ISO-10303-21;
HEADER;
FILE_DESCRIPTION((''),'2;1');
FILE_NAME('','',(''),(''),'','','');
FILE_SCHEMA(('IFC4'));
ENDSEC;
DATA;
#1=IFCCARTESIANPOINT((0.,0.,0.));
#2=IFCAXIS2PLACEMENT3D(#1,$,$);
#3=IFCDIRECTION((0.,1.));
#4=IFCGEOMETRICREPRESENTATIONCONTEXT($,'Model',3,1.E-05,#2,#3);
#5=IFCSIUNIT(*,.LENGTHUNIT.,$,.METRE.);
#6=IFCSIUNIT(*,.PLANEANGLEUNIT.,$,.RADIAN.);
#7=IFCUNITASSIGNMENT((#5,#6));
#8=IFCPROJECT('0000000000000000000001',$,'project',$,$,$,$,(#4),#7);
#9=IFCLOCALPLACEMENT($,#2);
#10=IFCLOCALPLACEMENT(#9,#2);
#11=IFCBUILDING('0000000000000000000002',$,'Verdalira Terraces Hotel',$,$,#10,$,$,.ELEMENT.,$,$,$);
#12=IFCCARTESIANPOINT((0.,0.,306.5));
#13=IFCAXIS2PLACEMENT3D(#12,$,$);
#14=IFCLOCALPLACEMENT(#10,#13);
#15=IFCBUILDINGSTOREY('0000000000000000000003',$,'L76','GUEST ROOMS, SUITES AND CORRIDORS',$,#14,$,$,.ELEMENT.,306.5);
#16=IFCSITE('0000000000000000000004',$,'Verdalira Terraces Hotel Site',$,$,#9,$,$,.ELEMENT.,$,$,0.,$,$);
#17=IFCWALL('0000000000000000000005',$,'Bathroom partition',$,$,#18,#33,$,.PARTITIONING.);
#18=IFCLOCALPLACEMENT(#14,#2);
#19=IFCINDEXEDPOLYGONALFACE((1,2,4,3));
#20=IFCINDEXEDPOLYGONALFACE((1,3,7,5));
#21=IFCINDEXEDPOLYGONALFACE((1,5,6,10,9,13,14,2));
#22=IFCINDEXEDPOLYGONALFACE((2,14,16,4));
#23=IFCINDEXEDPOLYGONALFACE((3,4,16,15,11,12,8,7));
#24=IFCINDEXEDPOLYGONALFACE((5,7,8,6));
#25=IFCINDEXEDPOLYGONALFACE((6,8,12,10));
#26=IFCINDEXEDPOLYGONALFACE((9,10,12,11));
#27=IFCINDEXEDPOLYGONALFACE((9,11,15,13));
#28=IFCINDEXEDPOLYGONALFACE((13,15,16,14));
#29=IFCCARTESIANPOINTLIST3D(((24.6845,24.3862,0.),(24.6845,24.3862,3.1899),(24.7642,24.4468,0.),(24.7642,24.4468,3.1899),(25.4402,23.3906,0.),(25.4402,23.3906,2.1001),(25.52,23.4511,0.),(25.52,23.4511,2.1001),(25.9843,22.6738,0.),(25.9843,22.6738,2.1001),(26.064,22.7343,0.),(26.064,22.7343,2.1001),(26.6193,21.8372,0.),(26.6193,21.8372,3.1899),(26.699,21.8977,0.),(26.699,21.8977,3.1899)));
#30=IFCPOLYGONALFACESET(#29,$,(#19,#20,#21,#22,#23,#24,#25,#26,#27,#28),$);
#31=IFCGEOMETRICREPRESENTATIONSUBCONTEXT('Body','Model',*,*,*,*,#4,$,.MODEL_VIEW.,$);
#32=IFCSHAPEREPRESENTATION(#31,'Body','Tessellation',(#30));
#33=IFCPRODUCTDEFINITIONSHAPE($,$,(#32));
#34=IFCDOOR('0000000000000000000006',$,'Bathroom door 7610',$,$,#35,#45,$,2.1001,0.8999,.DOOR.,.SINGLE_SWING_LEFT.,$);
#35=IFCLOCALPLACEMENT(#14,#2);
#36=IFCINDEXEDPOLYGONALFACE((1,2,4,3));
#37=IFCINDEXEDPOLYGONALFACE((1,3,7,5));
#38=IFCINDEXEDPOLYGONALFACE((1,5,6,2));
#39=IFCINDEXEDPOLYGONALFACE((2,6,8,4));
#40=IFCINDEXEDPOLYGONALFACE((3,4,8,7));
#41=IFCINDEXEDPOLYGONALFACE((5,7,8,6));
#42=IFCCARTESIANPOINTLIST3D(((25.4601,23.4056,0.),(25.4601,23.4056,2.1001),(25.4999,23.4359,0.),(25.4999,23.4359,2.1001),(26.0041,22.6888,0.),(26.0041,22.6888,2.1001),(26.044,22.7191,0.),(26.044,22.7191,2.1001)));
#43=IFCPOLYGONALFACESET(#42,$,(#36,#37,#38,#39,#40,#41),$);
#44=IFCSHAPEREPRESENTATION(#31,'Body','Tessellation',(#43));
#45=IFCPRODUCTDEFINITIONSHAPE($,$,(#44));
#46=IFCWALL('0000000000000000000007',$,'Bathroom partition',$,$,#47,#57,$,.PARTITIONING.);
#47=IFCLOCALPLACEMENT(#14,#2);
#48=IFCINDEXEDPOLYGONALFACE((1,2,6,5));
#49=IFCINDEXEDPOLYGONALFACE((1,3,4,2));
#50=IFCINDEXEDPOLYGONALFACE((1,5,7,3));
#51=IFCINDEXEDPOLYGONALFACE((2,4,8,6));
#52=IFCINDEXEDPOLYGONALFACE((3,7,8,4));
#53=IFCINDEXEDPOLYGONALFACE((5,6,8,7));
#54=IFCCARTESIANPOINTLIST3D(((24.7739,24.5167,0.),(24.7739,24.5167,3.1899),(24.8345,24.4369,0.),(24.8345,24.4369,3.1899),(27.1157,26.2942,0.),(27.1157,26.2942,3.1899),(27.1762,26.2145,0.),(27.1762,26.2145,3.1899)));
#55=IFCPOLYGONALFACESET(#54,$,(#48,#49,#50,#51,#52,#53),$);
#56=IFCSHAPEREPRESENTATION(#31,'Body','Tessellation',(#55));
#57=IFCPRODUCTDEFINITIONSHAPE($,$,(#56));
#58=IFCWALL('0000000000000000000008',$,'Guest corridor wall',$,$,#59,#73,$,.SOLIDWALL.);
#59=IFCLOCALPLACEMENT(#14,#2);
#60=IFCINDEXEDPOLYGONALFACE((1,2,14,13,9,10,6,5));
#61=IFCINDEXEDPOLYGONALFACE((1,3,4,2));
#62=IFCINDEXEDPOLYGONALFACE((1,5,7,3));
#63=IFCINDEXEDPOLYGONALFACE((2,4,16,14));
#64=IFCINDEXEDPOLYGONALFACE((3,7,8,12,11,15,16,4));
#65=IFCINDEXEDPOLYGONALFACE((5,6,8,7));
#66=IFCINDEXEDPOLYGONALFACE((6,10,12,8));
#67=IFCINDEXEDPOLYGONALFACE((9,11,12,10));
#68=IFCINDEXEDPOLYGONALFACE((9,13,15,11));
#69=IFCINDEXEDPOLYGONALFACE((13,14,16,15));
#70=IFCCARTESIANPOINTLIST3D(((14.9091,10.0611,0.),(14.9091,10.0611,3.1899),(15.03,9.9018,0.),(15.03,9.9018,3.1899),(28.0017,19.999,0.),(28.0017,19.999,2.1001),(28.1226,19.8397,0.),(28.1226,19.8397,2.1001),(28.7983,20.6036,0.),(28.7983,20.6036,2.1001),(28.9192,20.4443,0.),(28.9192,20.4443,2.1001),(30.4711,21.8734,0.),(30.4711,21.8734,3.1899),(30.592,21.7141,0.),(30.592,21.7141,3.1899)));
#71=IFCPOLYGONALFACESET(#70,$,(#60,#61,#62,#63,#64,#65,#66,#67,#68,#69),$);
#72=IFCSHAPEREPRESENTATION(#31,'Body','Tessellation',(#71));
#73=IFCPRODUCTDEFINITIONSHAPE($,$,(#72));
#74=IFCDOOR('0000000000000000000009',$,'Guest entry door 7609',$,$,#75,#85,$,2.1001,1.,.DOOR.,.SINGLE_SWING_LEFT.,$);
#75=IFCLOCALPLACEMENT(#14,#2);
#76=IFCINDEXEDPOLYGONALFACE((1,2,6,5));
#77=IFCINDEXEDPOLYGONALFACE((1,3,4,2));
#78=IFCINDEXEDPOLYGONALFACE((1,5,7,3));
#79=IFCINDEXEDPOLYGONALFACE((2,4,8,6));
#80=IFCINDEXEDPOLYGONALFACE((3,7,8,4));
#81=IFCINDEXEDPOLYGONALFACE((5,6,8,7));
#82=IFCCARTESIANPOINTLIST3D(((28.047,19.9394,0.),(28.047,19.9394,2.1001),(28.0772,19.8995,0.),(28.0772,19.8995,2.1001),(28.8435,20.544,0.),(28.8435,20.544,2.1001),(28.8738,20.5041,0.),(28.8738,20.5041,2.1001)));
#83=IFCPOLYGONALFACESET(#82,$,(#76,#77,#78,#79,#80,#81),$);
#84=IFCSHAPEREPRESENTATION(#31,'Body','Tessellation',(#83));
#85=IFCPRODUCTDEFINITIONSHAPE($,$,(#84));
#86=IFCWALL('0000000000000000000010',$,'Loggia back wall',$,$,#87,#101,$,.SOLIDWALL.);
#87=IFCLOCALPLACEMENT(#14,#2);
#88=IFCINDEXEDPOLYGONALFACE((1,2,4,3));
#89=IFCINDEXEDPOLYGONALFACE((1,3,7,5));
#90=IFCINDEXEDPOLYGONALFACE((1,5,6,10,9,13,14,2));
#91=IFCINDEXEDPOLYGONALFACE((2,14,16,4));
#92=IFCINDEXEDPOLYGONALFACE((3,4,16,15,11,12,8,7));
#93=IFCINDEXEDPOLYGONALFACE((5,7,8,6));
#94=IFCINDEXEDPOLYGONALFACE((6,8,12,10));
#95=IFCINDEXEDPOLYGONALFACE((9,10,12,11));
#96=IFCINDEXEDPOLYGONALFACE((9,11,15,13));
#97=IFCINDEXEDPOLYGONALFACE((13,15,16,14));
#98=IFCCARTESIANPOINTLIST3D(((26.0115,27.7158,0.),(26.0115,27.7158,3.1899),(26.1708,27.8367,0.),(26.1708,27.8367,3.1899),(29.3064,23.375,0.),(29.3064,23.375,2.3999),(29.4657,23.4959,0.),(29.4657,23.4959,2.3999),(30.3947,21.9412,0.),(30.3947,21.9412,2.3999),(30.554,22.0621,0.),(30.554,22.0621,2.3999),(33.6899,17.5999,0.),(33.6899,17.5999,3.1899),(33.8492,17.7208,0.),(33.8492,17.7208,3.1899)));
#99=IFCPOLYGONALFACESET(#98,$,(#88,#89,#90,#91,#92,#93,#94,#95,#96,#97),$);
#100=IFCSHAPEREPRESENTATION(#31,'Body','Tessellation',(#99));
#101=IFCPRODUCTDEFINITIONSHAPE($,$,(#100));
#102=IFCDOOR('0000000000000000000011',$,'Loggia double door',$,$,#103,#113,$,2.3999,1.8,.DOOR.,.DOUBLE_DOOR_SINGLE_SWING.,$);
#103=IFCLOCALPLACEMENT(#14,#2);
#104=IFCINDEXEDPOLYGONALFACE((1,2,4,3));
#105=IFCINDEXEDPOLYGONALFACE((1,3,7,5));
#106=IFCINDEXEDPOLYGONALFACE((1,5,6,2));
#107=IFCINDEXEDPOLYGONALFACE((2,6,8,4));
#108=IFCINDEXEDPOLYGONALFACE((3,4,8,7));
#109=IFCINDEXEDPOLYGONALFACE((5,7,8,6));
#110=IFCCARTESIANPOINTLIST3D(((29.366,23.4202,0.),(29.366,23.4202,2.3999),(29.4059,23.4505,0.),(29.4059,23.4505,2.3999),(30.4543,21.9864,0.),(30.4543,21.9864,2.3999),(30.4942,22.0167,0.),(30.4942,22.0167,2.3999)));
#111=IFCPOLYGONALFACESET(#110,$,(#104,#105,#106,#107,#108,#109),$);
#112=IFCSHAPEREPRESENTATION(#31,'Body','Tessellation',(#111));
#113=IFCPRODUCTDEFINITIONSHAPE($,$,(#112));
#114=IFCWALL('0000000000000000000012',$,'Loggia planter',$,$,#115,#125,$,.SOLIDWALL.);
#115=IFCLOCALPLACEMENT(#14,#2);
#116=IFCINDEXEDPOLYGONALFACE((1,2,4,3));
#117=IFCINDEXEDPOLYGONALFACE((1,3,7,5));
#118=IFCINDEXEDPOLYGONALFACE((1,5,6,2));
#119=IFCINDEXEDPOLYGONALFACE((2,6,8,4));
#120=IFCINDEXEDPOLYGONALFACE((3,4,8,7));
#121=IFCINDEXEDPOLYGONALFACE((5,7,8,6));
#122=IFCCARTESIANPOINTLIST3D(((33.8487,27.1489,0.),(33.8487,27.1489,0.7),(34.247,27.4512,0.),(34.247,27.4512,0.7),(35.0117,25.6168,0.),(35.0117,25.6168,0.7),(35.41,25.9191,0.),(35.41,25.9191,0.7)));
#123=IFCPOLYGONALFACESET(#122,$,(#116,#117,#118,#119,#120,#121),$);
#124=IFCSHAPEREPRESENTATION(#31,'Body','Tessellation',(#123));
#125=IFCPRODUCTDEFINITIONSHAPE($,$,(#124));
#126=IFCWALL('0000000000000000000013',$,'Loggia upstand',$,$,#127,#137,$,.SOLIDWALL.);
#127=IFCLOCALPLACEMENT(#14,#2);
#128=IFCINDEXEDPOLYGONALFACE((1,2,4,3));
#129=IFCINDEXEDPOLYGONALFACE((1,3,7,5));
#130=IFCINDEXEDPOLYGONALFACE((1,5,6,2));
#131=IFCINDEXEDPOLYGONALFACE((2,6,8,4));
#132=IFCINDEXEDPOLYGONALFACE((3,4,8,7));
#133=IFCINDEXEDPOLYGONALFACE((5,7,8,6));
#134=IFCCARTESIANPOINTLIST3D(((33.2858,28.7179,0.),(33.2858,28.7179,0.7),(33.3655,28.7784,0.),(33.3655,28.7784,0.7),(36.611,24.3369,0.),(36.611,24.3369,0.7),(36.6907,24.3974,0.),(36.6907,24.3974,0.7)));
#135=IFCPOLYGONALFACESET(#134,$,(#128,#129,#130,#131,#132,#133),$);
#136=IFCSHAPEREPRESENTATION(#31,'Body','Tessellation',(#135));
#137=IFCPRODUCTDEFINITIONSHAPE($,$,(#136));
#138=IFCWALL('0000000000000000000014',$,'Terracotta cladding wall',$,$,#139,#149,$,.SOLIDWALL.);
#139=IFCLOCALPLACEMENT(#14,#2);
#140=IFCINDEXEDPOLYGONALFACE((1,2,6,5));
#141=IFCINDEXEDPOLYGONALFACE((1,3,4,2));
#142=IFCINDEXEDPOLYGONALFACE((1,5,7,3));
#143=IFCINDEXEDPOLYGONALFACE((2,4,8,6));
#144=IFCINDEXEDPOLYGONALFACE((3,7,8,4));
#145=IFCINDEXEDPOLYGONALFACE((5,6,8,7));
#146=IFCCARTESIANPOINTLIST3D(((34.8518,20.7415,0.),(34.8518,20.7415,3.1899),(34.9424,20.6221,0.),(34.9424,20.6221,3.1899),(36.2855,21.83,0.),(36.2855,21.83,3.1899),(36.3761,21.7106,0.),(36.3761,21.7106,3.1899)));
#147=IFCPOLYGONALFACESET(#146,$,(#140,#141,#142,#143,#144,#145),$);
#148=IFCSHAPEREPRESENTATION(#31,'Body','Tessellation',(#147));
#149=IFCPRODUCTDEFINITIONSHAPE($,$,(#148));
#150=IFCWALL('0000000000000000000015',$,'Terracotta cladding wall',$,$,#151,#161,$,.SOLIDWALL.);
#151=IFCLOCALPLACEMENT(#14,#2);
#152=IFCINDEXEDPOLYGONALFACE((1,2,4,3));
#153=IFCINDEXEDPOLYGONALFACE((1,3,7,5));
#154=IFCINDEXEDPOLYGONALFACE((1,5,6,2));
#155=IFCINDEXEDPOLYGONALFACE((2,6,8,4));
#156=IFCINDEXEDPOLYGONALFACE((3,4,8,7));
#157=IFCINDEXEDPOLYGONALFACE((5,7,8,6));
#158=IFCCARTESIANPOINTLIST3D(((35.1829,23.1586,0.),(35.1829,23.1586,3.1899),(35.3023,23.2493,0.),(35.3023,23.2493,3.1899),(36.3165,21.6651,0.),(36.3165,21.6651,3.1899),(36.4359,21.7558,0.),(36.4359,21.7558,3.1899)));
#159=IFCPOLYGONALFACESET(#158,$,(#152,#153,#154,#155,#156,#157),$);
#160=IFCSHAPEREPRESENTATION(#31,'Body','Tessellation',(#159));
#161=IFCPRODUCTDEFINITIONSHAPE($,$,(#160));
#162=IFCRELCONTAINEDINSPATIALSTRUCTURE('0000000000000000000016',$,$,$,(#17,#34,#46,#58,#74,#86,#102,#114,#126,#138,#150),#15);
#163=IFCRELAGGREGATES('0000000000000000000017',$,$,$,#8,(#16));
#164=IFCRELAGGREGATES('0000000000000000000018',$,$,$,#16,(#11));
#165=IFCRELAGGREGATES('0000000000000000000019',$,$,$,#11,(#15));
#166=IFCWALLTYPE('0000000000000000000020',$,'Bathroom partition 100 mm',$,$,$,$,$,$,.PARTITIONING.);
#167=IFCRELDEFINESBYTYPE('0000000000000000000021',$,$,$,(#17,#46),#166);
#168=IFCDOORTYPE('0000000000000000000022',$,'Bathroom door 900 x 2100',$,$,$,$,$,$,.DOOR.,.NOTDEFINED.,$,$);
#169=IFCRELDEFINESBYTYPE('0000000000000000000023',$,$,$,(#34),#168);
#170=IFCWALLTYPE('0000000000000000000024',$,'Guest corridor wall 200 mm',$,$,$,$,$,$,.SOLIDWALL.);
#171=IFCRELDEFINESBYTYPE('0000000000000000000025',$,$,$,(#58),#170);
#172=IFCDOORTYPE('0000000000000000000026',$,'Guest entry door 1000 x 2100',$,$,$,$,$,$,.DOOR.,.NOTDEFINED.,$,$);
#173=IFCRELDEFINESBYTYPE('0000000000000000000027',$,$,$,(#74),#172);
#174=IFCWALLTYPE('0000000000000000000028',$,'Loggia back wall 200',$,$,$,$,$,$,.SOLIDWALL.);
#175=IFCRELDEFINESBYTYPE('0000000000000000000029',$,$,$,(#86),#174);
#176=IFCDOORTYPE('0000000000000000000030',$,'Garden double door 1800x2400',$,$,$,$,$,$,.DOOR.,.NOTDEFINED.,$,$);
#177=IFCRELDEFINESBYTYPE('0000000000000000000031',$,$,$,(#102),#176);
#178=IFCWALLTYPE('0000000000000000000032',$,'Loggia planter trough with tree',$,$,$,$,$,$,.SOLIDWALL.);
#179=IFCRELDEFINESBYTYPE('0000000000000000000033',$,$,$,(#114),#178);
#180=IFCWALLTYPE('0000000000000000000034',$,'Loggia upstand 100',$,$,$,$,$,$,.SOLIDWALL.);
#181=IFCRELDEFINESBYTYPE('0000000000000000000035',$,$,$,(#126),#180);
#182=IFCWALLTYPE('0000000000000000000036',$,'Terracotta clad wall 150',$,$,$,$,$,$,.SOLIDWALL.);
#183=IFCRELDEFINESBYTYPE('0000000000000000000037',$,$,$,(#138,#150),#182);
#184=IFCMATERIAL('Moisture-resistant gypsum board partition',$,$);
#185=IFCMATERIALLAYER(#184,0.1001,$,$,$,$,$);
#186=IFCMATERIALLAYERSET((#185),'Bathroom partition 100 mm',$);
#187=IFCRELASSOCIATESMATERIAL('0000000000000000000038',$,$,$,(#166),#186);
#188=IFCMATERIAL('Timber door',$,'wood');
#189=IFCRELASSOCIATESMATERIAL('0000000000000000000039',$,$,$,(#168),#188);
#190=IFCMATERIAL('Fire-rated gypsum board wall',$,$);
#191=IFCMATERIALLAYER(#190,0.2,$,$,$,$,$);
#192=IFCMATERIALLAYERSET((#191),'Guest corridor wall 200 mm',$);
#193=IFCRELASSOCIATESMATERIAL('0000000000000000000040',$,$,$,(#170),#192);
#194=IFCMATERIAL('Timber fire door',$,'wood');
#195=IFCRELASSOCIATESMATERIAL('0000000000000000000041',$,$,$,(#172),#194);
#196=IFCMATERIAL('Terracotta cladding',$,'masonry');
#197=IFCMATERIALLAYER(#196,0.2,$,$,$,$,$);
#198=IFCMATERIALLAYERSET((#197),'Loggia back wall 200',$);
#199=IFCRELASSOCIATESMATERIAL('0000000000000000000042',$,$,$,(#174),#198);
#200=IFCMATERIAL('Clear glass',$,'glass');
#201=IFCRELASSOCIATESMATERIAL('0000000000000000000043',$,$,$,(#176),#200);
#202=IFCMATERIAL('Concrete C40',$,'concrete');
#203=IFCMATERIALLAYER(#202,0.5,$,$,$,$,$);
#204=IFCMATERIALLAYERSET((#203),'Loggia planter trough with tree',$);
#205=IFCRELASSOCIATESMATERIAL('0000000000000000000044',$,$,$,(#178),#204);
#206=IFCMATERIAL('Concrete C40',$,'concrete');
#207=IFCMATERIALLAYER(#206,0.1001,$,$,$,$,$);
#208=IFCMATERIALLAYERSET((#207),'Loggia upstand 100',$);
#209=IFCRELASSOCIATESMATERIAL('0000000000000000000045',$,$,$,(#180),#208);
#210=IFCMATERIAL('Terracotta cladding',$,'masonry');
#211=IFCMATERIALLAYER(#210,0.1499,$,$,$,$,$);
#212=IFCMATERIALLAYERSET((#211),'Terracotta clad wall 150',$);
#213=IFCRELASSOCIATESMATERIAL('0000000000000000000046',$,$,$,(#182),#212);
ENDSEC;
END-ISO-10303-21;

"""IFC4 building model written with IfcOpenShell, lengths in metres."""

from ifc_helpers import new_model, si_unit, direction, frame, frame_2d, origin, place, context, subcontext, project, spatial, rectangle, extrude, material, layer, layer_set, type_object, element, fill, save


model = new_model("IFC4")

# Units and contexts
model_context = context("Model", 3, precision=1e-05, world=origin(), true_north=direction((0.0, 1.0)))
body_context = subcontext(model_context, "Body", "Model", "MODEL_VIEW")
ifc_project = project(units=[si_unit("LENGTHUNIT", "METRE"), si_unit("PLANEANGLEUNIT", "RADIAN")], contexts=[model_context])

# Site, building, storey
site_placement = place(None, origin())
site = spatial("IfcSite", under=ifc_project, at=site_placement, Name="Verdalira Terraces Hotel Site", CompositionType="ELEMENT", RefElevation=0.0)
building_placement = place(site_placement, origin())
building = spatial("IfcBuilding", under=site, at=building_placement, Name="Verdalira Terraces Hotel", CompositionType="ELEMENT")
storey_placement = place(building_placement, frame((0.0, 0.0, 306.5)))
storey = spatial("IfcBuildingStorey", under=building, at=storey_placement, Name="L76", Description="GUEST ROOMS, SUITES AND CORRIDORS", CompositionType="ELEMENT", Elevation=306.5)

# Wall, opening, door
ifc_material_1 = material(Name="Moisture-resistant gypsum board partition")
ifc_layer_1 = layer(ifc_material_1, 0.1001)
ifc_layer_set_1 = layer_set([ifc_layer_1], Name="Bathroom partition 100 mm")
wall_type_1 = type_object("IfcWallType", Name="Bathroom partition 100 mm", PredefinedType="PARTITIONING", material=ifc_layer_set_1)
wall_1_placement = place(storey_placement, frame((24.7244, 24.4165, 0.0), z_axis=(0.0, 0.0, 1.0), x_axis=(0.604592, -0.796535, 0.0)))
wall_1 = element("IfcWall", 1, at=wall_1_placement, inside=storey, type_object=wall_type_1, Name="Bathroom partition", PredefinedType="PARTITIONING", context=body_context, shape_type="SweptSolid", body=[
    extrude(rectangle(XDim=3.2002, YDim=0.1001, at=frame_2d((1.6001, 0.0))), origin(), (0.0, 0.0, 1.0), 3.1899),
])
opening_1_placement = place(wall_1_placement, frame((1.25, 0.0, 0.0)))
opening_1 = element("IfcOpeningElement", 2, at=opening_1_placement, cuts=wall_1, PredefinedType="OPENING", context=body_context, shape_type="SweptSolid", body=[
    extrude(rectangle(XDim=0.8999, YDim=2.1001, at=frame_2d((0.45, 1.05))), frame((0.0, 0.0601, 0.0), z_axis=(0.0, -1.0, 0.0), x_axis=(1.0, 0.0, 0.0)), (0.0, 0.0, 1.0), 0.1201),
])
ifc_material_2 = material(Name="Timber door", Category="wood")
door_type_1 = type_object("IfcDoorType", Name="Bathroom door 900 x 2100", OperationType="NOTDEFINED", PredefinedType="DOOR", material=ifc_material_2)
door_1_placement = place(opening_1_placement, origin())
door_1 = element("IfcDoor", 3, at=door_1_placement, inside=storey, type_object=door_type_1, Name="Bathroom door 7610", OperationType="SINGLE_SWING_LEFT", OverallHeight=2.1001, OverallWidth=0.8999, PredefinedType="DOOR", context=body_context, shape_type="SweptSolid", body=[
    extrude(rectangle(XDim=0.8999, YDim=2.1001, at=frame_2d((0.45, 1.05))), frame((0.0, 0.0249, 0.0), z_axis=(0.0, -1.0, 0.0), x_axis=(1.0, 0.0, 0.0)), (0.0, 0.0, 1.0), 0.05),
])
fill(opening_1, door_1)

# Wall
wall_2_placement = place(storey_placement, frame((24.8042, 24.4768, 0.0), z_axis=(0.0, 0.0, 1.0), x_axis=(0.796519, 0.604614, 0.0)))
element("IfcWall", 4, at=wall_2_placement, inside=storey, type_object=wall_type_1, Name="Bathroom partition", PredefinedType="PARTITIONING", context=body_context, shape_type="SweptSolid", body=[
    extrude(rectangle(XDim=2.9399, YDim=0.1001, at=frame_2d((1.47, 0.0))), origin(), (0.0, 0.0, 1.0), 3.1899),
])

# Walls, openings, doors
ifc_material_3 = material(Name="Fire-rated gypsum board wall")
ifc_layer_2 = layer(ifc_material_3, 0.2)
ifc_layer_set_2 = layer_set([ifc_layer_2], Name="Guest corridor wall 200 mm")
wall_type_2 = type_object("IfcWallType", Name="Guest corridor wall 200 mm", PredefinedType="SOLIDWALL", material=ifc_layer_set_2)
wall_3_placement = place(storey_placement, frame((30.5315, 21.7937, 0.0), z_axis=(0.0, 0.0, 1.0), x_axis=(-0.796529, -0.604601, 0.0)))
wall_3 = element("IfcWall", 5, at=wall_3_placement, inside=storey, type_object=wall_type_2, Name="Guest corridor wall", PredefinedType="SOLIDWALL", context=body_context, shape_type="SweptSolid", body=[
    extrude(rectangle(XDim=19.5374, YDim=0.2, at=frame_2d((9.7686, 0.0))), origin(), (0.0, 0.0, 1.0), 3.1899),
])
opening_2_placement = place(wall_3_placement, frame((2.1001, 0.0, 0.0)))
opening_2 = element("IfcOpeningElement", 6, at=opening_2_placement, cuts=wall_3, PredefinedType="OPENING", context=body_context, shape_type="SweptSolid", body=[
    extrude(rectangle(XDim=1.0, YDim=2.1001, at=frame_2d((0.5, 1.05))), frame((0.0, 0.1099, 0.0), z_axis=(0.0, -1.0, 0.0), x_axis=(1.0, 0.0, 0.0)), (0.0, 0.0, 1.0), 0.22),
])
ifc_material_4 = material(Name="Timber fire door", Category="wood")
door_type_2 = type_object("IfcDoorType", Name="Guest entry door 1000 x 2100", OperationType="NOTDEFINED", PredefinedType="DOOR", material=ifc_material_4)
door_2_placement = place(opening_2_placement, origin())
door_2 = element("IfcDoor", 7, at=door_2_placement, inside=storey, type_object=door_type_2, Name="Guest entry door 7609", OperationType="SINGLE_SWING_LEFT", OverallHeight=2.1001, OverallWidth=1.0, PredefinedType="DOOR", context=body_context, shape_type="SweptSolid", body=[
    extrude(rectangle(XDim=1.0, YDim=2.1001, at=frame_2d((0.5, 1.05))), frame((0.0, 0.0249, 0.0), z_axis=(0.0, -1.0, 0.0), x_axis=(1.0, 0.0, 0.0)), (0.0, 0.0, 1.0), 0.05),
])
fill(opening_2, door_2)
ifc_material_5 = material(Name="Terracotta cladding", Category="masonry")
ifc_layer_3 = layer(ifc_material_5, 0.2)
ifc_layer_set_3 = layer_set([ifc_layer_3], Name="Loggia back wall 200")
wall_type_3 = type_object("IfcWallType", Name="Loggia back wall 200", PredefinedType="SOLIDWALL", material=ifc_layer_set_3)
wall_4_placement = place(storey_placement, frame((26.0911, 27.7764, 0.0), z_axis=(0.0, 0.0, 1.0), x_axis=(0.604601, -0.796529, 0.0)))
wall_4 = element("IfcWall", 8, at=wall_4_placement, inside=storey, type_object=wall_type_3, Name="Loggia back wall", PredefinedType="SOLIDWALL", context=body_context, shape_type="SweptSolid", body=[
    extrude(rectangle(XDim=12.7, YDim=0.2, at=frame_2d((6.3501, 0.0))), origin(), (0.0, 0.0, 1.0), 3.1899),
])
opening_3_placement = place(wall_4_placement, frame((5.45, 0.0, 0.0)))
opening_3 = element("IfcOpeningElement", 9, at=opening_3_placement, cuts=wall_4, PredefinedType="OPENING", context=body_context, shape_type="SweptSolid", body=[
    extrude(rectangle(XDim=1.8, YDim=2.3999, at=frame_2d((0.8999, 1.2))), frame((0.0, 0.1099, 0.0), z_axis=(0.0, -1.0, 0.0), x_axis=(1.0, 0.0, 0.0)), (0.0, 0.0, 1.0), 0.22),
])
ifc_material_6 = material(Name="Clear glass", Category="glass")
door_type_3 = type_object("IfcDoorType", Name="Garden double door 1800x2400", OperationType="NOTDEFINED", PredefinedType="DOOR", material=ifc_material_6)
door_3_placement = place(opening_3_placement, origin())
door_3 = element("IfcDoor", 10, at=door_3_placement, inside=storey, type_object=door_type_3, Name="Loggia double door", OperationType="DOUBLE_DOOR_SINGLE_SWING", OverallHeight=2.3999, OverallWidth=1.8, PredefinedType="DOOR", context=body_context, shape_type="SweptSolid", body=[
    extrude(rectangle(XDim=1.8, YDim=2.3999, at=frame_2d((0.8999, 1.2))), frame((0.0, 0.0249, 0.0), z_axis=(0.0, -1.0, 0.0), x_axis=(1.0, 0.0, 0.0)), (0.0, 0.0, 1.0), 0.05),
])
fill(opening_3, door_3)

# Walls
ifc_material_7 = material(Name="Concrete C40", Category="concrete")
ifc_layer_4 = layer(ifc_material_7, 0.5)
ifc_layer_set_4 = layer_set([ifc_layer_4], Name="Loggia planter trough with tree")
wall_type_4 = type_object("IfcWallType", Name="Loggia planter trough with tree", PredefinedType="SOLIDWALL", material=ifc_layer_set_4)
wall_5_placement = place(storey_placement, frame((35.2109, 25.7678, 0.0), z_axis=(0.0, 0.0, 1.0), x_axis=(-0.60462, 0.796514, 0.0)))
element("IfcWall", 11, at=wall_5_placement, inside=storey, type_object=wall_type_4, Name="Loggia planter", PredefinedType="SOLIDWALL", context=body_context, shape_type="SweptSolid", body=[
    extrude(rectangle(XDim=1.9236, YDim=0.5, at=frame_2d((0.9619, 0.0))), origin(), (0.0, 0.0, 1.0), 0.7),
])
ifc_material_8 = material(Name="Concrete C40", Category="concrete")
ifc_layer_5 = layer(ifc_material_8, 0.1001)
ifc_layer_set_5 = layer_set([ifc_layer_5], Name="Loggia upstand 100")
wall_type_5 = type_object("IfcWallType", Name="Loggia upstand 100", PredefinedType="SOLIDWALL", material=ifc_layer_set_5)
wall_6_placement = place(storey_placement, frame((36.6509, 24.3672, 0.0), z_axis=(0.0, 0.0, 1.0), x_axis=(-0.604592, 0.796535, 0.0)))
element("IfcWall", 12, at=wall_6_placement, inside=storey, type_object=wall_type_5, Name="Loggia upstand", PredefinedType="SOLIDWALL", context=body_context, shape_type="SweptSolid", body=[
    extrude(rectangle(XDim=5.5, YDim=0.1001, at=frame_2d((2.75, 0.0))), origin(), (0.0, 0.0, 1.0), 0.7),
])
ifc_material_9 = material(Name="Terracotta cladding", Category="masonry")
ifc_layer_6 = layer(ifc_material_9, 0.1499)
ifc_layer_set_6 = layer_set([ifc_layer_6], Name="Terracotta clad wall 150")
wall_type_6 = type_object("IfcWallType", Name="Terracotta clad wall 150", PredefinedType="SOLIDWALL", material=ifc_layer_set_6)
wall_7_placement = place(storey_placement, frame((34.8972, 20.6819, 0.0), z_axis=(0.0, 0.0, 1.0), x_axis=(0.796471, 0.604677, 0.0)))
element("IfcWall", 13, at=wall_7_placement, inside=storey, type_object=wall_type_6, Name="Terracotta cladding wall", PredefinedType="SOLIDWALL", context=body_context, shape_type="SweptSolid", body=[
    extrude(rectangle(XDim=1.8, YDim=0.1499, at=frame_2d((0.8999, 0.0))), origin(), (0.0, 0.0, 1.0), 3.1899),
])
for number, where, z_axis, x_axis, name in (
    (14, (36.3762, 21.7104, 0.0), (0.0, 0.0, 1.0), (-0.604595, 0.796533, 0.0), "Terracotta cladding wall"),
):
    element("IfcWall", number, at=place(storey_placement, frame(where, z_axis=z_axis, x_axis=x_axis)), inside=storey, type_object=wall_type_6, Name=name, PredefinedType="SOLIDWALL", context=body_context, shape_type="SweptSolid", body=[
        extrude(rectangle(XDim=1.875, YDim=0.1499, at=frame_2d((0.9375, 0.0))), origin(), (0.0, 0.0, 1.0), 3.1899),
    ])

save(model, "model.ifc")
